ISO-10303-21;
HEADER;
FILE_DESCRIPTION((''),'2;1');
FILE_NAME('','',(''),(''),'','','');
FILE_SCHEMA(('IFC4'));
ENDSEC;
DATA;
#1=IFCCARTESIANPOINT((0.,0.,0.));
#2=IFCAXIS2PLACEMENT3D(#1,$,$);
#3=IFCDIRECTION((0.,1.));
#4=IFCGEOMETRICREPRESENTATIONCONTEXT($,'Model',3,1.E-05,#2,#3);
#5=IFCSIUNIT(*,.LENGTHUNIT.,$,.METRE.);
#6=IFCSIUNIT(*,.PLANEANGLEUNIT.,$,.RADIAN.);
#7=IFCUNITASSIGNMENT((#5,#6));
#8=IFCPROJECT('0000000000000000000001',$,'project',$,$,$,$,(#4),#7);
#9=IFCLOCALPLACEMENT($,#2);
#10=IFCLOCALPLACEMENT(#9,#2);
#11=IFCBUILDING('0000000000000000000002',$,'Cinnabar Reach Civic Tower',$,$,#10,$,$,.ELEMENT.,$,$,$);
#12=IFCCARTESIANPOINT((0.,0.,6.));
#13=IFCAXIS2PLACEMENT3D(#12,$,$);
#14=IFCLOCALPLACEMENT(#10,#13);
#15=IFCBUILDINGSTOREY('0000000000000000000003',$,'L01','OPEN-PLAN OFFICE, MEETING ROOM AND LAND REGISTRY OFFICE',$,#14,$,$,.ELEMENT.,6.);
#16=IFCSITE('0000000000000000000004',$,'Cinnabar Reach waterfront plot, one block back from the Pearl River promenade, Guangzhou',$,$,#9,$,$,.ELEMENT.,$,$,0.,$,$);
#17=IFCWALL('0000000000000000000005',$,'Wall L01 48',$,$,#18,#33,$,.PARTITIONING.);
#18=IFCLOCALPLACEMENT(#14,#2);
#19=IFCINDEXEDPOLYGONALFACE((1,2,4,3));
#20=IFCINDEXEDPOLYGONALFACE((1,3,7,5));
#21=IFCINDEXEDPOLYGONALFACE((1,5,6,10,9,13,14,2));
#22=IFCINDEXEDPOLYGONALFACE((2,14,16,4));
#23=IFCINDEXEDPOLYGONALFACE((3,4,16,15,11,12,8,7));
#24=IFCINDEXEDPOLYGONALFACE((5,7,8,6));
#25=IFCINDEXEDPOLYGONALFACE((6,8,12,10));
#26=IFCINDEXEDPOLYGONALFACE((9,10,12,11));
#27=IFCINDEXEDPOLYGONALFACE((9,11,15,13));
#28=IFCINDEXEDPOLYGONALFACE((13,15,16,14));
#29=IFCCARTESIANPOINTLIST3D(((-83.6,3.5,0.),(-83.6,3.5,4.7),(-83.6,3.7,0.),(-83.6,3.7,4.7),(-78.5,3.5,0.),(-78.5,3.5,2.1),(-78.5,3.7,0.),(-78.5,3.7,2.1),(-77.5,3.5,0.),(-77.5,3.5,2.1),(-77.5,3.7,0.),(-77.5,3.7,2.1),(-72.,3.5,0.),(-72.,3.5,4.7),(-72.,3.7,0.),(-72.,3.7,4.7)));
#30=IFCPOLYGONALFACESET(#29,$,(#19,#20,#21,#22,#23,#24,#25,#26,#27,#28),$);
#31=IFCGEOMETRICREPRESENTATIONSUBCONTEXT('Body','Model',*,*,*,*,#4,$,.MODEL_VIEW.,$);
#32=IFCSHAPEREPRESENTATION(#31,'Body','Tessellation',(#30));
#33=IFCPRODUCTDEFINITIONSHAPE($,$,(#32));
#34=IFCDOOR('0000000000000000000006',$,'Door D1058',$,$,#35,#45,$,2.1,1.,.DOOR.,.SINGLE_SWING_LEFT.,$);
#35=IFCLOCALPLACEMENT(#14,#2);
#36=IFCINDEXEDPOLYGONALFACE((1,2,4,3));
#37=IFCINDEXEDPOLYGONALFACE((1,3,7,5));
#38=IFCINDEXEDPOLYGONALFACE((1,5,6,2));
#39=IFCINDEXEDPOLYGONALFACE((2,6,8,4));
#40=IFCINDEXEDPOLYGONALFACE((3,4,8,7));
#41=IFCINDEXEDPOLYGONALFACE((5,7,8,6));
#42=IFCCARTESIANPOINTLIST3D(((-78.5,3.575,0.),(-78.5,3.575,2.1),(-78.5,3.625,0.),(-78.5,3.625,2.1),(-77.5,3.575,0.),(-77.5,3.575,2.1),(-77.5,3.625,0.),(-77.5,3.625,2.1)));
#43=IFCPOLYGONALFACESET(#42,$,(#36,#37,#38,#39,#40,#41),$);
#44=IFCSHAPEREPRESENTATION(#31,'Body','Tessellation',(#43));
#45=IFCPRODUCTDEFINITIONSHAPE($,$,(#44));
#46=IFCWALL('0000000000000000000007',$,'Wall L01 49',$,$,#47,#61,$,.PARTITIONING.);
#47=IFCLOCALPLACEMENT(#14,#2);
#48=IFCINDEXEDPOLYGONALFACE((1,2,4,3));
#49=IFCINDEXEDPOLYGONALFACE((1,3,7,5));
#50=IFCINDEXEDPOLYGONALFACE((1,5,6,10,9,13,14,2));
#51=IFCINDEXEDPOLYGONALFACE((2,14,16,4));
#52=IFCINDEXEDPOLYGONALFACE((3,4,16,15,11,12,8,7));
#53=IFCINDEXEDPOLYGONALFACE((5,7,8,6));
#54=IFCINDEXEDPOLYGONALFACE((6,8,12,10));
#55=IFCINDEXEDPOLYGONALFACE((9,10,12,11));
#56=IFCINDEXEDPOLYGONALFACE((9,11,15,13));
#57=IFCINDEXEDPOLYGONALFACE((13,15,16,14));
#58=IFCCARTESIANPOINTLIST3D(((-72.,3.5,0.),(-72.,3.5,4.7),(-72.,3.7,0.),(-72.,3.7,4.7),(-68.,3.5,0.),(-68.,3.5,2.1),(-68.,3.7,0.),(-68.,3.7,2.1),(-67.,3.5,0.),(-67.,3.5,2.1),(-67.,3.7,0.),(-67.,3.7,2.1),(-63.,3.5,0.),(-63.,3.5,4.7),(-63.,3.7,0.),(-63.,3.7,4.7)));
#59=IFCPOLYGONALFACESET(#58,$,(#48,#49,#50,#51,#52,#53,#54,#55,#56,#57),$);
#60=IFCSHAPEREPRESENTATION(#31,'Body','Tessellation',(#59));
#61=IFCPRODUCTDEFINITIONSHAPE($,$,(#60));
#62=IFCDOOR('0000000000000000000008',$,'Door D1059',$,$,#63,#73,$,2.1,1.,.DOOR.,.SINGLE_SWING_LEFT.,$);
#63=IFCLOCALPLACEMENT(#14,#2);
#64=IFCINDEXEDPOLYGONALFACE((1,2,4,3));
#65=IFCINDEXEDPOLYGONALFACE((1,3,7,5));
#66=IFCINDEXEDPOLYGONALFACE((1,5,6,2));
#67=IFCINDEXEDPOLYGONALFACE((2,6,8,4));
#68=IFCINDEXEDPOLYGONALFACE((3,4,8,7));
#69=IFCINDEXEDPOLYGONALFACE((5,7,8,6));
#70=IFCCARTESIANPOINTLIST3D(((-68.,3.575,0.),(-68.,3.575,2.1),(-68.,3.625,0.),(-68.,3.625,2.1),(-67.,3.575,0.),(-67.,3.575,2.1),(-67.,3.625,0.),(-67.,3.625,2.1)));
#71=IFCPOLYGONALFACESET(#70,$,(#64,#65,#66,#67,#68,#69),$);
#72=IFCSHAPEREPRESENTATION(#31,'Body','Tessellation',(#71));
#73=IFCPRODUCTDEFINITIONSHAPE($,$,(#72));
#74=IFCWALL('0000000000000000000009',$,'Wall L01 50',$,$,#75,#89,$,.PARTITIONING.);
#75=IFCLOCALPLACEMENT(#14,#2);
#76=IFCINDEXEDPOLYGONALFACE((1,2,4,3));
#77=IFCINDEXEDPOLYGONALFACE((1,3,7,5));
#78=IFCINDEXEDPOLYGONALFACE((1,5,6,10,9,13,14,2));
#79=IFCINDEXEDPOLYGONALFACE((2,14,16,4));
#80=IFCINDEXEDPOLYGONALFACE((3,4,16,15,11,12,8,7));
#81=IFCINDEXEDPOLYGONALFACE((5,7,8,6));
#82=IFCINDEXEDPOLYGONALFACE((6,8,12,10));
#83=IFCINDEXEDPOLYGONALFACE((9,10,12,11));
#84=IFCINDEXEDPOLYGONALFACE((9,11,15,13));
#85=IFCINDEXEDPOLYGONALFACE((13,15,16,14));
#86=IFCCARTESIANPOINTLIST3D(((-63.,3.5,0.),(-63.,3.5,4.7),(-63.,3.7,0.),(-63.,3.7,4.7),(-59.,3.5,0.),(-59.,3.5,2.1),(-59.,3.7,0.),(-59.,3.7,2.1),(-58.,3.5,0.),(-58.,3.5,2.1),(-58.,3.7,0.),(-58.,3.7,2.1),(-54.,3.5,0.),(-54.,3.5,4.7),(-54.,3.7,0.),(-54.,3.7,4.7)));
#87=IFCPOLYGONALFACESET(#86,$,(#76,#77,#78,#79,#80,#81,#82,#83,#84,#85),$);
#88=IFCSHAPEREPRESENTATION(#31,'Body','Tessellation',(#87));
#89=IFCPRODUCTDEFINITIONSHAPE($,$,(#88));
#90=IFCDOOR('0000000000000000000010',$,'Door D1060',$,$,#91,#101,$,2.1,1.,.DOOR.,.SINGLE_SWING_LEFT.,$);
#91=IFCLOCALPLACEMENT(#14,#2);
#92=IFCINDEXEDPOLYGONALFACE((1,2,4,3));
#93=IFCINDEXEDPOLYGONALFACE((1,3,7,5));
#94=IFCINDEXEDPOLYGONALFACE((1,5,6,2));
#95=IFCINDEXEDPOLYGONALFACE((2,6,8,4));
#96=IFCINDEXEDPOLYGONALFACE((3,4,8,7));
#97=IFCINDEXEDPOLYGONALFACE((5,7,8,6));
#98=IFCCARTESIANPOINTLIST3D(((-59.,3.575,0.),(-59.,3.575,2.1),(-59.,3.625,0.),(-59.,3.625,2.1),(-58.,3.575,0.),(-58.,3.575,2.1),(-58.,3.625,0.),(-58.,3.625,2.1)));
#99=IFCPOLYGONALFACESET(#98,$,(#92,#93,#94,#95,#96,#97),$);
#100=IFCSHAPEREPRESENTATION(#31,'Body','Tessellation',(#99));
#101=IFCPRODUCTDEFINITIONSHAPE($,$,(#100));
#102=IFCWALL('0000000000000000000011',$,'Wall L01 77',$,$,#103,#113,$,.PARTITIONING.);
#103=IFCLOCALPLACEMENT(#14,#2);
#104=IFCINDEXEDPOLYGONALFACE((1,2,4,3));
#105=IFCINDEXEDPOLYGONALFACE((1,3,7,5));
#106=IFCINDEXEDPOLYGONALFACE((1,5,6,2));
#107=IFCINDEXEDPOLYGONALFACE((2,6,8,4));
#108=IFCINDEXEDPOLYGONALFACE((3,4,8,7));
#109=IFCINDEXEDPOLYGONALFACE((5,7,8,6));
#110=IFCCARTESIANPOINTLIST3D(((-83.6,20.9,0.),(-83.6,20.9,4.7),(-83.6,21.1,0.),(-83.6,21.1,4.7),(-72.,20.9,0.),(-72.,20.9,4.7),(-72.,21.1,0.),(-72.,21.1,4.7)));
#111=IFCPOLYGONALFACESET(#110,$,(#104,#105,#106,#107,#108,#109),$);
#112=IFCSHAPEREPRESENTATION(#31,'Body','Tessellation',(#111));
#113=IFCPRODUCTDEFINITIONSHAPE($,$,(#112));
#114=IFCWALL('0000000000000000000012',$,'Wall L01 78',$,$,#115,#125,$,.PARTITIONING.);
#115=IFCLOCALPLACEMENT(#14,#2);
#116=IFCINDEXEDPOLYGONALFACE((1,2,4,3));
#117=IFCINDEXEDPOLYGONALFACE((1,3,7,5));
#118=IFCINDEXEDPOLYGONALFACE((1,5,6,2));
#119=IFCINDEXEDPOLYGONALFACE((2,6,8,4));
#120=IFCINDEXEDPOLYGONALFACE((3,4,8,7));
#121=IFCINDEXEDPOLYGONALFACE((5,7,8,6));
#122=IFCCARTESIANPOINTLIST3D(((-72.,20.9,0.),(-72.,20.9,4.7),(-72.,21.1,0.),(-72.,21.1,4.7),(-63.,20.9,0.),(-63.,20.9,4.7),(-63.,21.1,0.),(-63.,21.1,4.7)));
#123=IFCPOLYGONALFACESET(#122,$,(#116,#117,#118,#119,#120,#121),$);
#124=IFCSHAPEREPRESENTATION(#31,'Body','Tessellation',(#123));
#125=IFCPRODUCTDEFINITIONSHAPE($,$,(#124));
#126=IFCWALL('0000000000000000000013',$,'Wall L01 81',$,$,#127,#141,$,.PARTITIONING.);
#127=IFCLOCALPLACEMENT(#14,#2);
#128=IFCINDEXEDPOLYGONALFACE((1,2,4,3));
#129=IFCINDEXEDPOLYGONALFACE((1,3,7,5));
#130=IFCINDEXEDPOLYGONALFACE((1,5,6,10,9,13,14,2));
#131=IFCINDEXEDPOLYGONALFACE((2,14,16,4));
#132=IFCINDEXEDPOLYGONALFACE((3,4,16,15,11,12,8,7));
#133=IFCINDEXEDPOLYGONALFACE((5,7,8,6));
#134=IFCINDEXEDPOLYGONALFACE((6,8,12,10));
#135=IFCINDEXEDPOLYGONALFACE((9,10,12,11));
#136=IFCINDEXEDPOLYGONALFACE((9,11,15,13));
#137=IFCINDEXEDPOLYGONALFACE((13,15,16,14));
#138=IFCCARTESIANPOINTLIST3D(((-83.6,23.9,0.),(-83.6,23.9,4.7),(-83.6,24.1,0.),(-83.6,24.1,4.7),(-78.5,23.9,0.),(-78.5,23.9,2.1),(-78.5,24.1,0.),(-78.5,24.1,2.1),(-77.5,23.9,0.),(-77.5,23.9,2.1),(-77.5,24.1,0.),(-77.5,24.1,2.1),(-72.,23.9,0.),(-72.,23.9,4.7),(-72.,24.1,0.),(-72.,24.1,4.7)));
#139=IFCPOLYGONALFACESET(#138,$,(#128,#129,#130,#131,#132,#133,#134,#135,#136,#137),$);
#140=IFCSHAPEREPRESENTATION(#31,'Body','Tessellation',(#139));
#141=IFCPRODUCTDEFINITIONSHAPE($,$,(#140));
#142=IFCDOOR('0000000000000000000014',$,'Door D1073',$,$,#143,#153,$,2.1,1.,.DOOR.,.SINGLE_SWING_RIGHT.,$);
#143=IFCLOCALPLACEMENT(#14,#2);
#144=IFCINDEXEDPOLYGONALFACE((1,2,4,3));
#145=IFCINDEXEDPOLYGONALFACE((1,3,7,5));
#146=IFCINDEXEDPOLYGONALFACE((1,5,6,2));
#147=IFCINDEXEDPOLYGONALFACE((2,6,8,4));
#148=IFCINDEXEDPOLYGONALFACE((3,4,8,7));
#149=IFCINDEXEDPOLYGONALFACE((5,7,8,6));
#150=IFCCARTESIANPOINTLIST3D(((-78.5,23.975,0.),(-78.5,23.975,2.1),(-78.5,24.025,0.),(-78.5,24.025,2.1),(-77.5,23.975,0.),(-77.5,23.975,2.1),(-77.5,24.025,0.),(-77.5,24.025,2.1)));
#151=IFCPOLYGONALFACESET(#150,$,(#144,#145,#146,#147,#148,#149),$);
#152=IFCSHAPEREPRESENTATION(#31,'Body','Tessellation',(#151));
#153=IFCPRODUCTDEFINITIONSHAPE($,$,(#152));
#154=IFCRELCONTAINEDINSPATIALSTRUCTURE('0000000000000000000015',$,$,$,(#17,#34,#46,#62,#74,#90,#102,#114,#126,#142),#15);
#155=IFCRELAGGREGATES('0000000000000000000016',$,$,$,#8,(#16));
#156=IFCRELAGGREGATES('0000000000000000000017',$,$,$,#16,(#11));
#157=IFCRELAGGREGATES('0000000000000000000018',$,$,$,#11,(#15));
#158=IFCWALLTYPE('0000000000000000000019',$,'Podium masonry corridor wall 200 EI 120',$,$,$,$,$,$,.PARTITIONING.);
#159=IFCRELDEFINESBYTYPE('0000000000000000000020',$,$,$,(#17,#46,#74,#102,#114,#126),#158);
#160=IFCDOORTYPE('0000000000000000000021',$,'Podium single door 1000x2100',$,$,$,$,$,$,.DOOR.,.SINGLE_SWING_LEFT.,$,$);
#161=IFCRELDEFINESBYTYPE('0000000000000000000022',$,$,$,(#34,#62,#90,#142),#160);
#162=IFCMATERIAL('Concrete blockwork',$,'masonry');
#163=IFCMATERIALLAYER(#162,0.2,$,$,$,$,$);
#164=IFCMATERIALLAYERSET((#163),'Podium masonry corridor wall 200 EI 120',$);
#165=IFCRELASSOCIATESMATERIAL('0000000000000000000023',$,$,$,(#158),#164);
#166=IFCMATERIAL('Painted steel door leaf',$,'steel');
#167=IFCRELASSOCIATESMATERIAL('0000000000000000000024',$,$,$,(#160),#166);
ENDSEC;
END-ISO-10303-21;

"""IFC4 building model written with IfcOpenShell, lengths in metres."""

from ifc_helpers import new_model, si_unit, direction, frame, frame_2d, origin, place, context, subcontext, project, spatial, rectangle, extrude, material, layer, layer_set, type_object, element, fill, save


model = new_model("IFC4")

# Units and contexts
model_context = context("Model", 3, precision=1e-05, world=origin(), true_north=direction((0.0, 1.0)))
body_context = subcontext(model_context, "Body", "Model", "MODEL_VIEW")
ifc_project = project(units=[si_unit("LENGTHUNIT", "METRE"), si_unit("PLANEANGLEUNIT", "RADIAN")], contexts=[model_context])

# Site, building, storey
site_placement = place(None, origin())
site = spatial("IfcSite", under=ifc_project, at=site_placement, Name="Cinnabar Reach waterfront plot, one block back from the Pearl River promenade, Guangzhou", CompositionType="ELEMENT", RefElevation=0.0)
building_placement = place(site_placement, origin())
building = spatial("IfcBuilding", under=site, at=building_placement, Name="Cinnabar Reach Civic Tower", CompositionType="ELEMENT")
storey_placement = place(building_placement, frame((0.0, 0.0, 6.0)))
storey = spatial("IfcBuildingStorey", under=building, at=storey_placement, Name="L01", Description="OPEN-PLAN OFFICE, MEETING ROOM AND LAND REGISTRY OFFICE", CompositionType="ELEMENT", Elevation=6.0)

# Walls, openings, doors
ifc_material_1 = material(Name="Concrete blockwork", Category="masonry")
ifc_layer_1 = layer(ifc_material_1, 0.2)
ifc_layer_set_1 = layer_set([ifc_layer_1], Name="Podium masonry corridor wall 200 EI 120")
wall_type_1 = type_object("IfcWallType", Name="Podium masonry corridor wall 200 EI 120", PredefinedType="PARTITIONING", material=ifc_layer_set_1)
ifc_material_2 = material(Name="Painted steel door leaf", Category="steel")
door_type = type_object("IfcDoorType", Name="Podium single door 1000x2100", OperationType="SINGLE_SWING_LEFT", PredefinedType="DOOR", material=ifc_material_2)
wall_1_placement = place(storey_placement, frame((-83.6, 3.6, 0.0), z_axis=(0.0, 0.0, 1.0), x_axis=(1.0, 0.0, 0.0)))
wall_1 = element("IfcWall", 1, at=wall_1_placement, inside=storey, type_object=wall_type_1, Name="Wall L01 48", PredefinedType="PARTITIONING", context=body_context, shape_type="SweptSolid", body=[
    extrude(rectangle(XDim=11.6, YDim=0.2, at=frame_2d((5.8, 0.0))), origin(), (0.0, 0.0, 1.0), 4.7),
])
opening_1_placement = place(wall_1_placement, frame((5.1, 0.0, 0.0)))
opening_1 = element("IfcOpeningElement", 2, at=opening_1_placement, cuts=wall_1, PredefinedType="OPENING", context=body_context, shape_type="SweptSolid", body=[
    extrude(rectangle(XDim=1.0, YDim=2.1, at=frame_2d((0.5, 1.05))), frame((0.0, 0.11, 0.0), z_axis=(0.0, -1.0, 0.0), x_axis=(1.0, 0.0, 0.0)), (0.0, 0.0, 1.0), 0.22),
])
door_1_placement = place(opening_1_placement, origin())
door_1 = element("IfcDoor", 3, at=door_1_placement, inside=storey, type_object=door_type, Name="Door D1058", OperationType="SINGLE_SWING_LEFT", OverallHeight=2.1, OverallWidth=1.0, PredefinedType="DOOR", context=body_context, shape_type="SweptSolid", body=[
    extrude(rectangle(XDim=1.0, YDim=2.1, at=frame_2d((0.5, 1.05))), frame((0.0, 0.025, 0.0), z_axis=(0.0, -1.0, 0.0), x_axis=(1.0, 0.0, 0.0)), (0.0, 0.0, 1.0), 0.05),
])
fill(opening_1, door_1)
wall_2_placement = place(storey_placement, frame((-72.0, 3.6, 0.0), z_axis=(0.0, 0.0, 1.0), x_axis=(1.0, 0.0, 0.0)))
wall_2 = element("IfcWall", 4, at=wall_2_placement, inside=storey, type_object=wall_type_1, Name="Wall L01 49", PredefinedType="PARTITIONING", context=body_context, shape_type="SweptSolid", body=[
    extrude(rectangle(XDim=9.0, YDim=0.2, at=frame_2d((4.5, 0.0))), origin(), (0.0, 0.0, 1.0), 4.7),
])
opening_2_placement = place(wall_2_placement, frame((4.0, 0.0, 0.0)))
opening_2 = element("IfcOpeningElement", 5, at=opening_2_placement, cuts=wall_2, PredefinedType="OPENING", context=body_context, shape_type="SweptSolid", body=[
    extrude(rectangle(XDim=1.0, YDim=2.1, at=frame_2d((0.5, 1.05))), frame((0.0, 0.11, 0.0), z_axis=(0.0, -1.0, 0.0), x_axis=(1.0, 0.0, 0.0)), (0.0, 0.0, 1.0), 0.22),
])
door_2_placement = place(opening_2_placement, origin())
door_2 = element("IfcDoor", 6, at=door_2_placement, inside=storey, type_object=door_type, Name="Door D1059", OperationType="SINGLE_SWING_LEFT", OverallHeight=2.1, OverallWidth=1.0, PredefinedType="DOOR", context=body_context, shape_type="SweptSolid", body=[
    extrude(rectangle(XDim=1.0, YDim=2.1, at=frame_2d((0.5, 1.05))), frame((0.0, 0.025, 0.0), z_axis=(0.0, -1.0, 0.0), x_axis=(1.0, 0.0, 0.0)), (0.0, 0.0, 1.0), 0.05),
])
fill(opening_2, door_2)
wall_3_placement = place(storey_placement, frame((-63.0, 3.6, 0.0), z_axis=(0.0, 0.0, 1.0), x_axis=(1.0, 0.0, 0.0)))
wall_3 = element("IfcWall", 7, at=wall_3_placement, inside=storey, type_object=wall_type_1, Name="Wall L01 50", PredefinedType="PARTITIONING", context=body_context, shape_type="SweptSolid", body=[
    extrude(rectangle(XDim=9.0, YDim=0.2, at=frame_2d((4.5, 0.0))), origin(), (0.0, 0.0, 1.0), 4.7),
])
opening_3_placement = place(wall_3_placement, frame((4.0, 0.0, 0.0)))
opening_3 = element("IfcOpeningElement", 8, at=opening_3_placement, cuts=wall_3, PredefinedType="OPENING", context=body_context, shape_type="SweptSolid", body=[
    extrude(rectangle(XDim=1.0, YDim=2.1, at=frame_2d((0.5, 1.05))), frame((0.0, 0.11, 0.0), z_axis=(0.0, -1.0, 0.0), x_axis=(1.0, 0.0, 0.0)), (0.0, 0.0, 1.0), 0.22),
])
door_3_placement = place(opening_3_placement, origin())
door_3 = element("IfcDoor", 9, at=door_3_placement, inside=storey, type_object=door_type, Name="Door D1060", OperationType="SINGLE_SWING_LEFT", OverallHeight=2.1, OverallWidth=1.0, PredefinedType="DOOR", context=body_context, shape_type="SweptSolid", body=[
    extrude(rectangle(XDim=1.0, YDim=2.1, at=frame_2d((0.5, 1.05))), frame((0.0, 0.025, 0.0), z_axis=(0.0, -1.0, 0.0), x_axis=(1.0, 0.0, 0.0)), (0.0, 0.0, 1.0), 0.05),
])
fill(opening_3, door_3)

# Walls
wall_4_placement = place(storey_placement, frame((-83.6, 21.0, 0.0), z_axis=(0.0, 0.0, 1.0), x_axis=(1.0, 0.0, 0.0)))
element("IfcWall", 10, at=wall_4_placement, inside=storey, type_object=wall_type_1, Name="Wall L01 77", PredefinedType="PARTITIONING", context=body_context, shape_type="SweptSolid", body=[
    extrude(rectangle(XDim=11.6, YDim=0.2, at=frame_2d((5.8, 0.0))), origin(), (0.0, 0.0, 1.0), 4.7),
])
wall_5_placement = place(storey_placement, frame((-72.0, 21.0, 0.0), z_axis=(0.0, 0.0, 1.0), x_axis=(1.0, 0.0, 0.0)))
element("IfcWall", 11, at=wall_5_placement, inside=storey, type_object=wall_type_1, Name="Wall L01 78", PredefinedType="PARTITIONING", context=body_context, shape_type="SweptSolid", body=[
    extrude(rectangle(XDim=9.0, YDim=0.2, at=frame_2d((4.5, 0.0))), origin(), (0.0, 0.0, 1.0), 4.7),
])

# Wall, opening, door
wall_6_placement = place(storey_placement, frame((-83.6, 24.0, 0.0), z_axis=(0.0, 0.0, 1.0), x_axis=(1.0, 0.0, 0.0)))
wall_6 = element("IfcWall", 12, at=wall_6_placement, inside=storey, type_object=wall_type_1, Name="Wall L01 81", PredefinedType="PARTITIONING", context=body_context, shape_type="SweptSolid", body=[
    extrude(rectangle(XDim=11.6, YDim=0.2, at=frame_2d((5.8, 0.0))), origin(), (0.0, 0.0, 1.0), 4.7),
])
opening_4_placement = place(wall_6_placement, frame((5.1, 0.0, 0.0)))
opening_4 = element("IfcOpeningElement", 13, at=opening_4_placement, cuts=wall_6, PredefinedType="OPENING", context=body_context, shape_type="SweptSolid", body=[
    extrude(rectangle(XDim=1.0, YDim=2.1, at=frame_2d((0.5, 1.05))), frame((0.0, 0.11, 0.0), z_axis=(0.0, -1.0, 0.0), x_axis=(1.0, 0.0, 0.0)), (0.0, 0.0, 1.0), 0.22),
])
door_4_placement = place(opening_4_placement, origin())
door_4 = element("IfcDoor", 14, at=door_4_placement, inside=storey, type_object=door_type, Name="Door D1073", OperationType="SINGLE_SWING_RIGHT", OverallHeight=2.1, OverallWidth=1.0, PredefinedType="DOOR", context=body_context, shape_type="SweptSolid", body=[
    extrude(rectangle(XDim=1.0, YDim=2.1, at=frame_2d((0.5, 1.05))), frame((0.0, 0.025, 0.0), z_axis=(0.0, -1.0, 0.0), x_axis=(1.0, 0.0, 0.0)), (0.0, 0.0, 1.0), 0.05),
])
fill(opening_4, door_4)

save(model, "model.ifc")
